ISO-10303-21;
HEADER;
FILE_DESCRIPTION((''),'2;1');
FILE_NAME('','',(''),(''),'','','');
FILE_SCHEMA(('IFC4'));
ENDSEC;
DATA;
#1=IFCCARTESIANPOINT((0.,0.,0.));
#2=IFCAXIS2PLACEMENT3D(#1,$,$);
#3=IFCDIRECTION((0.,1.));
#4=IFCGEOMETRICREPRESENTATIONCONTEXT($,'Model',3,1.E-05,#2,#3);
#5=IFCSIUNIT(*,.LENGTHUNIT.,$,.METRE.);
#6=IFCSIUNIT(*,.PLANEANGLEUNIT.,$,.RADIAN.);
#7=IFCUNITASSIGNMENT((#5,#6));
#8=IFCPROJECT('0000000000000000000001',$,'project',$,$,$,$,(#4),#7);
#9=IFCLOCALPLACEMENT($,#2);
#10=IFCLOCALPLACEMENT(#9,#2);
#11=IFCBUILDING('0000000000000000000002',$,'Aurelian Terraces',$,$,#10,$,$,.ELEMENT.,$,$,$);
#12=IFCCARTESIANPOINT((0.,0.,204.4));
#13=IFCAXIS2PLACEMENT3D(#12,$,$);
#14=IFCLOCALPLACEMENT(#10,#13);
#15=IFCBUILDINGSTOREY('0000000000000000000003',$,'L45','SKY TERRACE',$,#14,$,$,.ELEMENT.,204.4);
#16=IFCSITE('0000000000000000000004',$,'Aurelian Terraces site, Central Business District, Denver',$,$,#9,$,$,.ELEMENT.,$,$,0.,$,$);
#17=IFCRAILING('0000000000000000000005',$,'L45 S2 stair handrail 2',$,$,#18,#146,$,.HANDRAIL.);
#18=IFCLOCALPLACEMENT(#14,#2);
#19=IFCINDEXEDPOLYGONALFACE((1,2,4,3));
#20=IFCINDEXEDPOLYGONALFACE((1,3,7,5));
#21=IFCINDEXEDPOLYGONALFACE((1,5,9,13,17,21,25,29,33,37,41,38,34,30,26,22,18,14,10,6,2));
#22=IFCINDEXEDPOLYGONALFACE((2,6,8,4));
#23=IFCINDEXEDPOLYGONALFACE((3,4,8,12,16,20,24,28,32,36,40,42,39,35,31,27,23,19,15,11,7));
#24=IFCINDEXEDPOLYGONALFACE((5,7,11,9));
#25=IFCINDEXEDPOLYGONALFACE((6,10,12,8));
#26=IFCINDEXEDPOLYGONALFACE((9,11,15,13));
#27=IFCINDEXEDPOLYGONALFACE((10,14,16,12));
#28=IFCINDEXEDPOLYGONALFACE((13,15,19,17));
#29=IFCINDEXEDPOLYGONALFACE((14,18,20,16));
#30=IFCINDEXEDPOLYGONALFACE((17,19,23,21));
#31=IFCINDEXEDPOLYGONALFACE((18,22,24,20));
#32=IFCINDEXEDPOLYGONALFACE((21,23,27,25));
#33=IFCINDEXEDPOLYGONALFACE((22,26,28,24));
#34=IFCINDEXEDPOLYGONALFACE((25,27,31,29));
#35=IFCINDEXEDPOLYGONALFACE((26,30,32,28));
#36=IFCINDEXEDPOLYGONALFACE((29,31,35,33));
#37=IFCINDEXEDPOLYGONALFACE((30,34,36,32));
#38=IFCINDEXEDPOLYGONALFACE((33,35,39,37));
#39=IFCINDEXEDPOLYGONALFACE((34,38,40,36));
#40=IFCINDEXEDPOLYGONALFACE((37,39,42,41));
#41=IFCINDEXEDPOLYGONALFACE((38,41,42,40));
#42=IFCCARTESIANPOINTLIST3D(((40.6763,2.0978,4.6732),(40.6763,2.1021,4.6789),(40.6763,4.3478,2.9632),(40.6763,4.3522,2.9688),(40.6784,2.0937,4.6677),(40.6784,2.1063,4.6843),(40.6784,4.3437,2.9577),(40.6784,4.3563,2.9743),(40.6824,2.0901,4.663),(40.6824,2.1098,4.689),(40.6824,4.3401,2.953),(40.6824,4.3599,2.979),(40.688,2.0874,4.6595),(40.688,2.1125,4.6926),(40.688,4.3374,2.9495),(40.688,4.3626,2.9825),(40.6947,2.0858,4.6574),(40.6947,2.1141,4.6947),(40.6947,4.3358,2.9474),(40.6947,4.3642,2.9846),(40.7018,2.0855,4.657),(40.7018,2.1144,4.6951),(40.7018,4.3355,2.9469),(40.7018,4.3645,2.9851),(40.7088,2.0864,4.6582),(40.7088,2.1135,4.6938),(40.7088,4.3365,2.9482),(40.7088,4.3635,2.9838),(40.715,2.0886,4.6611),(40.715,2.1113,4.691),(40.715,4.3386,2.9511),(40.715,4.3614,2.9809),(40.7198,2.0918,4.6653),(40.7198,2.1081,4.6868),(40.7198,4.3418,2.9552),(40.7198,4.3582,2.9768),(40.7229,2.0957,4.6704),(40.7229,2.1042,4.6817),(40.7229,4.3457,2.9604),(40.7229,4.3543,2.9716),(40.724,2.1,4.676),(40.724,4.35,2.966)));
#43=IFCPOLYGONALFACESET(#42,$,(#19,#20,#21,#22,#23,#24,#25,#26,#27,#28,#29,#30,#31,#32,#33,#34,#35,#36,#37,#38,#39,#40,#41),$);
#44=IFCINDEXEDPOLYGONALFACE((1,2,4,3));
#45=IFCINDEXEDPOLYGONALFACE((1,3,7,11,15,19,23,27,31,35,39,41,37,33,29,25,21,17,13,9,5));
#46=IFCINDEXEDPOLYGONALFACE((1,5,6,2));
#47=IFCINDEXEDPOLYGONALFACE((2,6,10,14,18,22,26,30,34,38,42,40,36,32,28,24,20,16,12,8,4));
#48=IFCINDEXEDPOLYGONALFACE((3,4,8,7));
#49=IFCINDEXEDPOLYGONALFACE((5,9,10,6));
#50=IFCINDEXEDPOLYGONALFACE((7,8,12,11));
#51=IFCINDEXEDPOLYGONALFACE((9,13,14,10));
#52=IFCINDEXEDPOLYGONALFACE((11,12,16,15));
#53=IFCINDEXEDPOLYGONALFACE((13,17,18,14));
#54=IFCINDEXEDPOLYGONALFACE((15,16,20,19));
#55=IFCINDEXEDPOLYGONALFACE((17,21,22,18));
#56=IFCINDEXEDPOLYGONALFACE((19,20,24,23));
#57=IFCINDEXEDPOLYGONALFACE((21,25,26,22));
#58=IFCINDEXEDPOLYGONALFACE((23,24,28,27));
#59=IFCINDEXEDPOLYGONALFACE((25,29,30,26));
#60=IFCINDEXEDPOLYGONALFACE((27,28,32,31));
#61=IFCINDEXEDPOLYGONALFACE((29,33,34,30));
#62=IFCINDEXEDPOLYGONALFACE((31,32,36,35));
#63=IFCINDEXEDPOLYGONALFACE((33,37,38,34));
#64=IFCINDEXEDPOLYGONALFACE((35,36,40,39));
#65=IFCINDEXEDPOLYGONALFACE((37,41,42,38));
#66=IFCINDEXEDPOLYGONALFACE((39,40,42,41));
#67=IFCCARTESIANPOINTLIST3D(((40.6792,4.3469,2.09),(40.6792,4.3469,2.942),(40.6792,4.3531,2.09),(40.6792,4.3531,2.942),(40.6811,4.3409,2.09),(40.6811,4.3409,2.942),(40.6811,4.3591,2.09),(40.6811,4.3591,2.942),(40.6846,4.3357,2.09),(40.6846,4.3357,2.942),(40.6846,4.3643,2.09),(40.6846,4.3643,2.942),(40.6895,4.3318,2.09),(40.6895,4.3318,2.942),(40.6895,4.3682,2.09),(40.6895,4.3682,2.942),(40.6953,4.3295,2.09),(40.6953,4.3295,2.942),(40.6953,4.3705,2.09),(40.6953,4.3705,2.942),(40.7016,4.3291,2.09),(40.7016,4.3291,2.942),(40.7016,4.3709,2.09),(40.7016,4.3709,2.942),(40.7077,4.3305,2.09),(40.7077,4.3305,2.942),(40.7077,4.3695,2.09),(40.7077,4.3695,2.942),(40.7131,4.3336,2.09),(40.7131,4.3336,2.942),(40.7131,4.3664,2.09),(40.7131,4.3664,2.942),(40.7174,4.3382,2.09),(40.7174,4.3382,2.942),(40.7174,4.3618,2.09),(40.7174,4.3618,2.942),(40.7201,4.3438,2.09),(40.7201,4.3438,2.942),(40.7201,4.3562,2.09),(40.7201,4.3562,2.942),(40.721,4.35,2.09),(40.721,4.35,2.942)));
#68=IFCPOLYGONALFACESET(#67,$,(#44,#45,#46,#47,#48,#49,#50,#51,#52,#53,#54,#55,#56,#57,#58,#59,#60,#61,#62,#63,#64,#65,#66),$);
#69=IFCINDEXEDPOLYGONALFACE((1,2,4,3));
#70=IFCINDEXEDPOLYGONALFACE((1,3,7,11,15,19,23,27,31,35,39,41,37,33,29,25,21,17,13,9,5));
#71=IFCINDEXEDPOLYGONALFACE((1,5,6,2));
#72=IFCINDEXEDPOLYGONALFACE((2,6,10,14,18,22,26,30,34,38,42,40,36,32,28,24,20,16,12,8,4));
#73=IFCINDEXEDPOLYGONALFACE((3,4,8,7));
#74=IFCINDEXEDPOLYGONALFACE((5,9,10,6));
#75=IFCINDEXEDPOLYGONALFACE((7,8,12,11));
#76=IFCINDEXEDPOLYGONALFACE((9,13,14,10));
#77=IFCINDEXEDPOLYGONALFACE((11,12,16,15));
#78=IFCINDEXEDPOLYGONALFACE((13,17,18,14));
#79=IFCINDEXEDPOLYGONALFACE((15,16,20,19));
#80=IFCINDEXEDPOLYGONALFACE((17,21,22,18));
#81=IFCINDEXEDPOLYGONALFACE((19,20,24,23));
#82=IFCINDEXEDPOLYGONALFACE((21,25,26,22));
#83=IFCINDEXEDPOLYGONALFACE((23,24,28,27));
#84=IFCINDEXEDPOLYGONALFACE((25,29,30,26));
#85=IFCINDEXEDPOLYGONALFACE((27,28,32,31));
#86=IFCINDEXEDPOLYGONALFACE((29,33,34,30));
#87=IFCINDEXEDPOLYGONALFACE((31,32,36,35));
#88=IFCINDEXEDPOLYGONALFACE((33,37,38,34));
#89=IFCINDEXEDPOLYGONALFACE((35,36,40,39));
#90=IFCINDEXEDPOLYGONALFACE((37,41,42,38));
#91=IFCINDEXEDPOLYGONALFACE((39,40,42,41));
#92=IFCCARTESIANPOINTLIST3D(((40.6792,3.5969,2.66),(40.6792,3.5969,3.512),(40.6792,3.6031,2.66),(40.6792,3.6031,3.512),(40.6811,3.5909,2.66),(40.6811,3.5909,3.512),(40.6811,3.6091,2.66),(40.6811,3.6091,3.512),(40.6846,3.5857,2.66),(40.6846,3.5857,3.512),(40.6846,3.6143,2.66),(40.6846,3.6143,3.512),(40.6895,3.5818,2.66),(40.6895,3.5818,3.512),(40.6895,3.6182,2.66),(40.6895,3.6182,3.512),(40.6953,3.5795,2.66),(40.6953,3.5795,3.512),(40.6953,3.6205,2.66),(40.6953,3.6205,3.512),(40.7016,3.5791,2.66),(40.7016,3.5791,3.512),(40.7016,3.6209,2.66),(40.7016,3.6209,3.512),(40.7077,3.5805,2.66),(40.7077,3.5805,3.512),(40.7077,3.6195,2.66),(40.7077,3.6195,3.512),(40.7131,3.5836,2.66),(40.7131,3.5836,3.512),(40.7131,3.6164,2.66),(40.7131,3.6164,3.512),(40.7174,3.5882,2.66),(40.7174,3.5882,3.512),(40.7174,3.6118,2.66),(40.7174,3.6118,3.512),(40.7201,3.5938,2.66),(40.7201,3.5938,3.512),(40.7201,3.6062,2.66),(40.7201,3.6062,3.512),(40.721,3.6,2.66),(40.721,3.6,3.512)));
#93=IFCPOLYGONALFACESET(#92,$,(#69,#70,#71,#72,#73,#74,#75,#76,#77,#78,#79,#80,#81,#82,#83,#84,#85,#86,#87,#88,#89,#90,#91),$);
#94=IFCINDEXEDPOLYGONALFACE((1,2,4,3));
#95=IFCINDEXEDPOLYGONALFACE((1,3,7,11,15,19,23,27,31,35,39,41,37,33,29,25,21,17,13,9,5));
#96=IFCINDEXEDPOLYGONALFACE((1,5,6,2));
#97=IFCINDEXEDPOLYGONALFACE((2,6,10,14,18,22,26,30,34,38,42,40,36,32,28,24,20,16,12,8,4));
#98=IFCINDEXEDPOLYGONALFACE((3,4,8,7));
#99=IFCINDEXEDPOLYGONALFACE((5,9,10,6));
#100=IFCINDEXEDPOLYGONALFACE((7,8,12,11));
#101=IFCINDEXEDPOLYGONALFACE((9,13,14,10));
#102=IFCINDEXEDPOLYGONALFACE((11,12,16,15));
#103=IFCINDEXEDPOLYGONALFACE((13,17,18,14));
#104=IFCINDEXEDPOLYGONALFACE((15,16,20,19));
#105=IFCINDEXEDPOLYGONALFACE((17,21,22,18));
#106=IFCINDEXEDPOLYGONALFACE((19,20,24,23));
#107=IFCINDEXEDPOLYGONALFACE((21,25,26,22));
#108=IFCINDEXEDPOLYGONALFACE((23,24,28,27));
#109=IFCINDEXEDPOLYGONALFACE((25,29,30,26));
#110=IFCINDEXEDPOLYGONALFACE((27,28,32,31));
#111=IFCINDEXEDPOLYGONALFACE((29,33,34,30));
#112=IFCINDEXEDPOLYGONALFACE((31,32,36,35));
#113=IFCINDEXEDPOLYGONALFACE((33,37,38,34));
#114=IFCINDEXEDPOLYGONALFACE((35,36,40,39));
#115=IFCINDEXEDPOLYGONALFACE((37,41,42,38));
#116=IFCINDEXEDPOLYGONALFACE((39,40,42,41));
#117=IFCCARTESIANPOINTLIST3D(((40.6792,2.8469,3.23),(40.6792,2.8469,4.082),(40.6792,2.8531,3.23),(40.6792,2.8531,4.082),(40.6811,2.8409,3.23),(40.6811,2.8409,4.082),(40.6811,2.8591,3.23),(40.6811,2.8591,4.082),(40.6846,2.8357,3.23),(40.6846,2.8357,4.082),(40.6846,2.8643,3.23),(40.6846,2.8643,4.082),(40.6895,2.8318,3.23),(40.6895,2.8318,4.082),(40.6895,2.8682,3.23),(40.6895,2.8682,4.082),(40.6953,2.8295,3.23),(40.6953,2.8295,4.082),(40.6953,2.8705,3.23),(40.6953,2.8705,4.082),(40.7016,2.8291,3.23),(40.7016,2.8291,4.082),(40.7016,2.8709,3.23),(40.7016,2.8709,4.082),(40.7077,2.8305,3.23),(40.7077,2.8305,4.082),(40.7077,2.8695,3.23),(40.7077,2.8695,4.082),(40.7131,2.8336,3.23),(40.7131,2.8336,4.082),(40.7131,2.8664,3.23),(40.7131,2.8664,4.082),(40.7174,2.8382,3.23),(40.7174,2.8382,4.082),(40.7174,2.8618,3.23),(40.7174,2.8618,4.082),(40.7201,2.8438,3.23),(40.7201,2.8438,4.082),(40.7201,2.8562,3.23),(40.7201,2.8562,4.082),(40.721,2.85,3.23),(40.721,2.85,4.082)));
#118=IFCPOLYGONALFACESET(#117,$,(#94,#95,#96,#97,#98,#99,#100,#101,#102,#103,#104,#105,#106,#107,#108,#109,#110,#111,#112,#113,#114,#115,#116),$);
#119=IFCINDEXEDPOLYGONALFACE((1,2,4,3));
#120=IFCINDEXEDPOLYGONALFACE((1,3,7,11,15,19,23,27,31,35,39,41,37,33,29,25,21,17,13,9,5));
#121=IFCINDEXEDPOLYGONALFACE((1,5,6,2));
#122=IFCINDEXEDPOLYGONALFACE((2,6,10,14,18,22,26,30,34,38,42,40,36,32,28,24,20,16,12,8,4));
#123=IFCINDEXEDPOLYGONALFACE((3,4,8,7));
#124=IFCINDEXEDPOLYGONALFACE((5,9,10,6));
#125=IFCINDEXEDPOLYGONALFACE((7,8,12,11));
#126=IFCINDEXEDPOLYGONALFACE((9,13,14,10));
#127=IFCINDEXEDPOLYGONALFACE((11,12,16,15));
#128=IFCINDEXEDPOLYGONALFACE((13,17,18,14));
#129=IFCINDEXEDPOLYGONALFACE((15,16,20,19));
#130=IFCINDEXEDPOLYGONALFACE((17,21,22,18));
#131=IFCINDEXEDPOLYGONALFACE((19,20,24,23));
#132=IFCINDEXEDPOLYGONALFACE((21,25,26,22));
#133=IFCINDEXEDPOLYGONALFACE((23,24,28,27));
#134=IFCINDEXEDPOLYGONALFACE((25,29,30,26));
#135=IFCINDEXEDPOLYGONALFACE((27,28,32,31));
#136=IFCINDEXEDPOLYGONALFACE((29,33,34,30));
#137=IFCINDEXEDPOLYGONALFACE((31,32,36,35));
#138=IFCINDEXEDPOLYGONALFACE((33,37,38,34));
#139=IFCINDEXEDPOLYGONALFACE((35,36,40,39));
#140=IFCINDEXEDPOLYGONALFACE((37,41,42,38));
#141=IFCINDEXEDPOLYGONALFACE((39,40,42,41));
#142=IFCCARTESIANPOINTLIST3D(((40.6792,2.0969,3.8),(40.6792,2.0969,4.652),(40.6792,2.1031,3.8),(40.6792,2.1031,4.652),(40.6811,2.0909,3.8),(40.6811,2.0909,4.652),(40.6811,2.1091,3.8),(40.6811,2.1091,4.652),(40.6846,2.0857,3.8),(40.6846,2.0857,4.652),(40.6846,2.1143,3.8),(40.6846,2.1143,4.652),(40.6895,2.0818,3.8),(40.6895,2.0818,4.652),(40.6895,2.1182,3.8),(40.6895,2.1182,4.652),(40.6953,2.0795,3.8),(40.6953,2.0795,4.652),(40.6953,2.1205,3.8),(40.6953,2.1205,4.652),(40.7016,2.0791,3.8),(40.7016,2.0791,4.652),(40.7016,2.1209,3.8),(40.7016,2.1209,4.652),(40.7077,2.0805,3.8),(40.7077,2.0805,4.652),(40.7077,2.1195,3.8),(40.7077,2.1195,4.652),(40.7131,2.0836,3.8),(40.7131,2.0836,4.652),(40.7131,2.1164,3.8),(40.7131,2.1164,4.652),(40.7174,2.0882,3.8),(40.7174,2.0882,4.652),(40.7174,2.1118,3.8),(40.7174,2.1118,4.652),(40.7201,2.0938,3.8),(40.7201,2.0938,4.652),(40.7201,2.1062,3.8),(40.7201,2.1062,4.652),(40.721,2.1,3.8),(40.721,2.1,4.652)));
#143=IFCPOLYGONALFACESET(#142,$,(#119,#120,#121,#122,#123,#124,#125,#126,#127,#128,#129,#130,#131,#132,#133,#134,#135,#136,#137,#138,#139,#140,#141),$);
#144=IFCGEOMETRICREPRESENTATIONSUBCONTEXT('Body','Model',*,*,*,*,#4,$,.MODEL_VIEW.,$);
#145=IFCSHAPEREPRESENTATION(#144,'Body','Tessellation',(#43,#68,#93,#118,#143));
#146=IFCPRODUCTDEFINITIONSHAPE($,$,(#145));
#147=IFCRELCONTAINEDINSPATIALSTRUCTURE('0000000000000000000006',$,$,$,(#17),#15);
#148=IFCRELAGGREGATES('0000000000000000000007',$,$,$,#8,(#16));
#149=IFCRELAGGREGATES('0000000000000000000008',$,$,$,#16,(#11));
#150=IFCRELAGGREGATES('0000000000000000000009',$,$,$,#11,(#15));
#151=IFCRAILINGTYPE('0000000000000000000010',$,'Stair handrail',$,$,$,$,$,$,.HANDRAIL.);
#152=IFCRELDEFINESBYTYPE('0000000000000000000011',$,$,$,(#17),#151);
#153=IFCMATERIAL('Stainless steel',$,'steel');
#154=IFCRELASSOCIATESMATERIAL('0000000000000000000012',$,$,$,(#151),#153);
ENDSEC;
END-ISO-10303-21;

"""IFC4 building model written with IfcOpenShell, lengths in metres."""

from ifc_helpers import new_model, si_unit, direction, frame, origin, origin_2d, place, context, subcontext, project, spatial, circle, extrude, source, transform, mapped, material, type_object, element, save


model = new_model("IFC4")

# Units and contexts
model_context = context("Model", 3, precision=1e-05, world=origin(), true_north=direction((0.0, 1.0)))
body_context = subcontext(model_context, "Body", "Model", "MODEL_VIEW")
ifc_project = project(units=[si_unit("LENGTHUNIT", "METRE"), si_unit("PLANEANGLEUNIT", "RADIAN")], contexts=[model_context])

# Site, building, storey
site_placement = place(None, origin())
site = spatial("IfcSite", under=ifc_project, at=site_placement, Name="Aurelian Terraces site, Central Business District, Denver", CompositionType="ELEMENT", RefElevation=0.0)
building_placement = place(site_placement, origin())
building = spatial("IfcBuilding", under=site, at=building_placement, Name="Aurelian Terraces", CompositionType="ELEMENT")
storey_placement = place(building_placement, frame((0.0, 0.0, 204.4)))
storey = spatial("IfcBuildingStorey", under=building, at=storey_placement, Name="L45", Description="SKY TERRACE", CompositionType="ELEMENT", Elevation=204.4)

# Railing
ifc_material_1 = material(Name="Stainless steel", Category="steel")
railing_type_1 = type_object("IfcRailingType", Name="Stair handrail", PredefinedType="HANDRAIL", material=ifc_material_1)
shared_shape_1 = source(origin(), body_context, "Body", "SweptSolid", [
    extrude(circle(Radius=0.024, at=origin_2d()), frame((0.0, 0.0, 0.876), z_axis=(0.0, -0.796162, 0.605083), x_axis=(1.0, 0.0, 0.0)), (0.0, 0.0, 1.0), 2.8261),
    extrude(circle(Radius=0.021, at=origin_2d()), origin(), (0.0, 0.0, 1.0), 0.852),
    extrude(circle(Radius=0.021, at=origin_2d()), frame((0.0, -0.75, 0.57)), (0.0, 0.0, 1.0), 0.852),
    extrude(circle(Radius=0.021, at=origin_2d()), frame((0.0, -1.5, 1.14)), (0.0, 0.0, 1.0), 0.852),
    extrude(circle(Radius=0.021, at=origin_2d()), frame((0.0, -2.25, 1.71)), (0.0, 0.0, 1.0), 0.852),
])
railing_1_placement = place(storey_placement, frame((40.7, 4.35, 2.09)))
element("IfcRailing", 1, at=railing_1_placement, inside=storey, type_object=railing_type_1, Name="L45 S2 stair handrail 2", PredefinedType="HANDRAIL", context=body_context, shape_type="MappedRepresentation", body=[
    mapped(shared_shape_1, transform((0.0, 0.0, 0.0), scale=1.0)),
])

save(model, "model.ifc")
